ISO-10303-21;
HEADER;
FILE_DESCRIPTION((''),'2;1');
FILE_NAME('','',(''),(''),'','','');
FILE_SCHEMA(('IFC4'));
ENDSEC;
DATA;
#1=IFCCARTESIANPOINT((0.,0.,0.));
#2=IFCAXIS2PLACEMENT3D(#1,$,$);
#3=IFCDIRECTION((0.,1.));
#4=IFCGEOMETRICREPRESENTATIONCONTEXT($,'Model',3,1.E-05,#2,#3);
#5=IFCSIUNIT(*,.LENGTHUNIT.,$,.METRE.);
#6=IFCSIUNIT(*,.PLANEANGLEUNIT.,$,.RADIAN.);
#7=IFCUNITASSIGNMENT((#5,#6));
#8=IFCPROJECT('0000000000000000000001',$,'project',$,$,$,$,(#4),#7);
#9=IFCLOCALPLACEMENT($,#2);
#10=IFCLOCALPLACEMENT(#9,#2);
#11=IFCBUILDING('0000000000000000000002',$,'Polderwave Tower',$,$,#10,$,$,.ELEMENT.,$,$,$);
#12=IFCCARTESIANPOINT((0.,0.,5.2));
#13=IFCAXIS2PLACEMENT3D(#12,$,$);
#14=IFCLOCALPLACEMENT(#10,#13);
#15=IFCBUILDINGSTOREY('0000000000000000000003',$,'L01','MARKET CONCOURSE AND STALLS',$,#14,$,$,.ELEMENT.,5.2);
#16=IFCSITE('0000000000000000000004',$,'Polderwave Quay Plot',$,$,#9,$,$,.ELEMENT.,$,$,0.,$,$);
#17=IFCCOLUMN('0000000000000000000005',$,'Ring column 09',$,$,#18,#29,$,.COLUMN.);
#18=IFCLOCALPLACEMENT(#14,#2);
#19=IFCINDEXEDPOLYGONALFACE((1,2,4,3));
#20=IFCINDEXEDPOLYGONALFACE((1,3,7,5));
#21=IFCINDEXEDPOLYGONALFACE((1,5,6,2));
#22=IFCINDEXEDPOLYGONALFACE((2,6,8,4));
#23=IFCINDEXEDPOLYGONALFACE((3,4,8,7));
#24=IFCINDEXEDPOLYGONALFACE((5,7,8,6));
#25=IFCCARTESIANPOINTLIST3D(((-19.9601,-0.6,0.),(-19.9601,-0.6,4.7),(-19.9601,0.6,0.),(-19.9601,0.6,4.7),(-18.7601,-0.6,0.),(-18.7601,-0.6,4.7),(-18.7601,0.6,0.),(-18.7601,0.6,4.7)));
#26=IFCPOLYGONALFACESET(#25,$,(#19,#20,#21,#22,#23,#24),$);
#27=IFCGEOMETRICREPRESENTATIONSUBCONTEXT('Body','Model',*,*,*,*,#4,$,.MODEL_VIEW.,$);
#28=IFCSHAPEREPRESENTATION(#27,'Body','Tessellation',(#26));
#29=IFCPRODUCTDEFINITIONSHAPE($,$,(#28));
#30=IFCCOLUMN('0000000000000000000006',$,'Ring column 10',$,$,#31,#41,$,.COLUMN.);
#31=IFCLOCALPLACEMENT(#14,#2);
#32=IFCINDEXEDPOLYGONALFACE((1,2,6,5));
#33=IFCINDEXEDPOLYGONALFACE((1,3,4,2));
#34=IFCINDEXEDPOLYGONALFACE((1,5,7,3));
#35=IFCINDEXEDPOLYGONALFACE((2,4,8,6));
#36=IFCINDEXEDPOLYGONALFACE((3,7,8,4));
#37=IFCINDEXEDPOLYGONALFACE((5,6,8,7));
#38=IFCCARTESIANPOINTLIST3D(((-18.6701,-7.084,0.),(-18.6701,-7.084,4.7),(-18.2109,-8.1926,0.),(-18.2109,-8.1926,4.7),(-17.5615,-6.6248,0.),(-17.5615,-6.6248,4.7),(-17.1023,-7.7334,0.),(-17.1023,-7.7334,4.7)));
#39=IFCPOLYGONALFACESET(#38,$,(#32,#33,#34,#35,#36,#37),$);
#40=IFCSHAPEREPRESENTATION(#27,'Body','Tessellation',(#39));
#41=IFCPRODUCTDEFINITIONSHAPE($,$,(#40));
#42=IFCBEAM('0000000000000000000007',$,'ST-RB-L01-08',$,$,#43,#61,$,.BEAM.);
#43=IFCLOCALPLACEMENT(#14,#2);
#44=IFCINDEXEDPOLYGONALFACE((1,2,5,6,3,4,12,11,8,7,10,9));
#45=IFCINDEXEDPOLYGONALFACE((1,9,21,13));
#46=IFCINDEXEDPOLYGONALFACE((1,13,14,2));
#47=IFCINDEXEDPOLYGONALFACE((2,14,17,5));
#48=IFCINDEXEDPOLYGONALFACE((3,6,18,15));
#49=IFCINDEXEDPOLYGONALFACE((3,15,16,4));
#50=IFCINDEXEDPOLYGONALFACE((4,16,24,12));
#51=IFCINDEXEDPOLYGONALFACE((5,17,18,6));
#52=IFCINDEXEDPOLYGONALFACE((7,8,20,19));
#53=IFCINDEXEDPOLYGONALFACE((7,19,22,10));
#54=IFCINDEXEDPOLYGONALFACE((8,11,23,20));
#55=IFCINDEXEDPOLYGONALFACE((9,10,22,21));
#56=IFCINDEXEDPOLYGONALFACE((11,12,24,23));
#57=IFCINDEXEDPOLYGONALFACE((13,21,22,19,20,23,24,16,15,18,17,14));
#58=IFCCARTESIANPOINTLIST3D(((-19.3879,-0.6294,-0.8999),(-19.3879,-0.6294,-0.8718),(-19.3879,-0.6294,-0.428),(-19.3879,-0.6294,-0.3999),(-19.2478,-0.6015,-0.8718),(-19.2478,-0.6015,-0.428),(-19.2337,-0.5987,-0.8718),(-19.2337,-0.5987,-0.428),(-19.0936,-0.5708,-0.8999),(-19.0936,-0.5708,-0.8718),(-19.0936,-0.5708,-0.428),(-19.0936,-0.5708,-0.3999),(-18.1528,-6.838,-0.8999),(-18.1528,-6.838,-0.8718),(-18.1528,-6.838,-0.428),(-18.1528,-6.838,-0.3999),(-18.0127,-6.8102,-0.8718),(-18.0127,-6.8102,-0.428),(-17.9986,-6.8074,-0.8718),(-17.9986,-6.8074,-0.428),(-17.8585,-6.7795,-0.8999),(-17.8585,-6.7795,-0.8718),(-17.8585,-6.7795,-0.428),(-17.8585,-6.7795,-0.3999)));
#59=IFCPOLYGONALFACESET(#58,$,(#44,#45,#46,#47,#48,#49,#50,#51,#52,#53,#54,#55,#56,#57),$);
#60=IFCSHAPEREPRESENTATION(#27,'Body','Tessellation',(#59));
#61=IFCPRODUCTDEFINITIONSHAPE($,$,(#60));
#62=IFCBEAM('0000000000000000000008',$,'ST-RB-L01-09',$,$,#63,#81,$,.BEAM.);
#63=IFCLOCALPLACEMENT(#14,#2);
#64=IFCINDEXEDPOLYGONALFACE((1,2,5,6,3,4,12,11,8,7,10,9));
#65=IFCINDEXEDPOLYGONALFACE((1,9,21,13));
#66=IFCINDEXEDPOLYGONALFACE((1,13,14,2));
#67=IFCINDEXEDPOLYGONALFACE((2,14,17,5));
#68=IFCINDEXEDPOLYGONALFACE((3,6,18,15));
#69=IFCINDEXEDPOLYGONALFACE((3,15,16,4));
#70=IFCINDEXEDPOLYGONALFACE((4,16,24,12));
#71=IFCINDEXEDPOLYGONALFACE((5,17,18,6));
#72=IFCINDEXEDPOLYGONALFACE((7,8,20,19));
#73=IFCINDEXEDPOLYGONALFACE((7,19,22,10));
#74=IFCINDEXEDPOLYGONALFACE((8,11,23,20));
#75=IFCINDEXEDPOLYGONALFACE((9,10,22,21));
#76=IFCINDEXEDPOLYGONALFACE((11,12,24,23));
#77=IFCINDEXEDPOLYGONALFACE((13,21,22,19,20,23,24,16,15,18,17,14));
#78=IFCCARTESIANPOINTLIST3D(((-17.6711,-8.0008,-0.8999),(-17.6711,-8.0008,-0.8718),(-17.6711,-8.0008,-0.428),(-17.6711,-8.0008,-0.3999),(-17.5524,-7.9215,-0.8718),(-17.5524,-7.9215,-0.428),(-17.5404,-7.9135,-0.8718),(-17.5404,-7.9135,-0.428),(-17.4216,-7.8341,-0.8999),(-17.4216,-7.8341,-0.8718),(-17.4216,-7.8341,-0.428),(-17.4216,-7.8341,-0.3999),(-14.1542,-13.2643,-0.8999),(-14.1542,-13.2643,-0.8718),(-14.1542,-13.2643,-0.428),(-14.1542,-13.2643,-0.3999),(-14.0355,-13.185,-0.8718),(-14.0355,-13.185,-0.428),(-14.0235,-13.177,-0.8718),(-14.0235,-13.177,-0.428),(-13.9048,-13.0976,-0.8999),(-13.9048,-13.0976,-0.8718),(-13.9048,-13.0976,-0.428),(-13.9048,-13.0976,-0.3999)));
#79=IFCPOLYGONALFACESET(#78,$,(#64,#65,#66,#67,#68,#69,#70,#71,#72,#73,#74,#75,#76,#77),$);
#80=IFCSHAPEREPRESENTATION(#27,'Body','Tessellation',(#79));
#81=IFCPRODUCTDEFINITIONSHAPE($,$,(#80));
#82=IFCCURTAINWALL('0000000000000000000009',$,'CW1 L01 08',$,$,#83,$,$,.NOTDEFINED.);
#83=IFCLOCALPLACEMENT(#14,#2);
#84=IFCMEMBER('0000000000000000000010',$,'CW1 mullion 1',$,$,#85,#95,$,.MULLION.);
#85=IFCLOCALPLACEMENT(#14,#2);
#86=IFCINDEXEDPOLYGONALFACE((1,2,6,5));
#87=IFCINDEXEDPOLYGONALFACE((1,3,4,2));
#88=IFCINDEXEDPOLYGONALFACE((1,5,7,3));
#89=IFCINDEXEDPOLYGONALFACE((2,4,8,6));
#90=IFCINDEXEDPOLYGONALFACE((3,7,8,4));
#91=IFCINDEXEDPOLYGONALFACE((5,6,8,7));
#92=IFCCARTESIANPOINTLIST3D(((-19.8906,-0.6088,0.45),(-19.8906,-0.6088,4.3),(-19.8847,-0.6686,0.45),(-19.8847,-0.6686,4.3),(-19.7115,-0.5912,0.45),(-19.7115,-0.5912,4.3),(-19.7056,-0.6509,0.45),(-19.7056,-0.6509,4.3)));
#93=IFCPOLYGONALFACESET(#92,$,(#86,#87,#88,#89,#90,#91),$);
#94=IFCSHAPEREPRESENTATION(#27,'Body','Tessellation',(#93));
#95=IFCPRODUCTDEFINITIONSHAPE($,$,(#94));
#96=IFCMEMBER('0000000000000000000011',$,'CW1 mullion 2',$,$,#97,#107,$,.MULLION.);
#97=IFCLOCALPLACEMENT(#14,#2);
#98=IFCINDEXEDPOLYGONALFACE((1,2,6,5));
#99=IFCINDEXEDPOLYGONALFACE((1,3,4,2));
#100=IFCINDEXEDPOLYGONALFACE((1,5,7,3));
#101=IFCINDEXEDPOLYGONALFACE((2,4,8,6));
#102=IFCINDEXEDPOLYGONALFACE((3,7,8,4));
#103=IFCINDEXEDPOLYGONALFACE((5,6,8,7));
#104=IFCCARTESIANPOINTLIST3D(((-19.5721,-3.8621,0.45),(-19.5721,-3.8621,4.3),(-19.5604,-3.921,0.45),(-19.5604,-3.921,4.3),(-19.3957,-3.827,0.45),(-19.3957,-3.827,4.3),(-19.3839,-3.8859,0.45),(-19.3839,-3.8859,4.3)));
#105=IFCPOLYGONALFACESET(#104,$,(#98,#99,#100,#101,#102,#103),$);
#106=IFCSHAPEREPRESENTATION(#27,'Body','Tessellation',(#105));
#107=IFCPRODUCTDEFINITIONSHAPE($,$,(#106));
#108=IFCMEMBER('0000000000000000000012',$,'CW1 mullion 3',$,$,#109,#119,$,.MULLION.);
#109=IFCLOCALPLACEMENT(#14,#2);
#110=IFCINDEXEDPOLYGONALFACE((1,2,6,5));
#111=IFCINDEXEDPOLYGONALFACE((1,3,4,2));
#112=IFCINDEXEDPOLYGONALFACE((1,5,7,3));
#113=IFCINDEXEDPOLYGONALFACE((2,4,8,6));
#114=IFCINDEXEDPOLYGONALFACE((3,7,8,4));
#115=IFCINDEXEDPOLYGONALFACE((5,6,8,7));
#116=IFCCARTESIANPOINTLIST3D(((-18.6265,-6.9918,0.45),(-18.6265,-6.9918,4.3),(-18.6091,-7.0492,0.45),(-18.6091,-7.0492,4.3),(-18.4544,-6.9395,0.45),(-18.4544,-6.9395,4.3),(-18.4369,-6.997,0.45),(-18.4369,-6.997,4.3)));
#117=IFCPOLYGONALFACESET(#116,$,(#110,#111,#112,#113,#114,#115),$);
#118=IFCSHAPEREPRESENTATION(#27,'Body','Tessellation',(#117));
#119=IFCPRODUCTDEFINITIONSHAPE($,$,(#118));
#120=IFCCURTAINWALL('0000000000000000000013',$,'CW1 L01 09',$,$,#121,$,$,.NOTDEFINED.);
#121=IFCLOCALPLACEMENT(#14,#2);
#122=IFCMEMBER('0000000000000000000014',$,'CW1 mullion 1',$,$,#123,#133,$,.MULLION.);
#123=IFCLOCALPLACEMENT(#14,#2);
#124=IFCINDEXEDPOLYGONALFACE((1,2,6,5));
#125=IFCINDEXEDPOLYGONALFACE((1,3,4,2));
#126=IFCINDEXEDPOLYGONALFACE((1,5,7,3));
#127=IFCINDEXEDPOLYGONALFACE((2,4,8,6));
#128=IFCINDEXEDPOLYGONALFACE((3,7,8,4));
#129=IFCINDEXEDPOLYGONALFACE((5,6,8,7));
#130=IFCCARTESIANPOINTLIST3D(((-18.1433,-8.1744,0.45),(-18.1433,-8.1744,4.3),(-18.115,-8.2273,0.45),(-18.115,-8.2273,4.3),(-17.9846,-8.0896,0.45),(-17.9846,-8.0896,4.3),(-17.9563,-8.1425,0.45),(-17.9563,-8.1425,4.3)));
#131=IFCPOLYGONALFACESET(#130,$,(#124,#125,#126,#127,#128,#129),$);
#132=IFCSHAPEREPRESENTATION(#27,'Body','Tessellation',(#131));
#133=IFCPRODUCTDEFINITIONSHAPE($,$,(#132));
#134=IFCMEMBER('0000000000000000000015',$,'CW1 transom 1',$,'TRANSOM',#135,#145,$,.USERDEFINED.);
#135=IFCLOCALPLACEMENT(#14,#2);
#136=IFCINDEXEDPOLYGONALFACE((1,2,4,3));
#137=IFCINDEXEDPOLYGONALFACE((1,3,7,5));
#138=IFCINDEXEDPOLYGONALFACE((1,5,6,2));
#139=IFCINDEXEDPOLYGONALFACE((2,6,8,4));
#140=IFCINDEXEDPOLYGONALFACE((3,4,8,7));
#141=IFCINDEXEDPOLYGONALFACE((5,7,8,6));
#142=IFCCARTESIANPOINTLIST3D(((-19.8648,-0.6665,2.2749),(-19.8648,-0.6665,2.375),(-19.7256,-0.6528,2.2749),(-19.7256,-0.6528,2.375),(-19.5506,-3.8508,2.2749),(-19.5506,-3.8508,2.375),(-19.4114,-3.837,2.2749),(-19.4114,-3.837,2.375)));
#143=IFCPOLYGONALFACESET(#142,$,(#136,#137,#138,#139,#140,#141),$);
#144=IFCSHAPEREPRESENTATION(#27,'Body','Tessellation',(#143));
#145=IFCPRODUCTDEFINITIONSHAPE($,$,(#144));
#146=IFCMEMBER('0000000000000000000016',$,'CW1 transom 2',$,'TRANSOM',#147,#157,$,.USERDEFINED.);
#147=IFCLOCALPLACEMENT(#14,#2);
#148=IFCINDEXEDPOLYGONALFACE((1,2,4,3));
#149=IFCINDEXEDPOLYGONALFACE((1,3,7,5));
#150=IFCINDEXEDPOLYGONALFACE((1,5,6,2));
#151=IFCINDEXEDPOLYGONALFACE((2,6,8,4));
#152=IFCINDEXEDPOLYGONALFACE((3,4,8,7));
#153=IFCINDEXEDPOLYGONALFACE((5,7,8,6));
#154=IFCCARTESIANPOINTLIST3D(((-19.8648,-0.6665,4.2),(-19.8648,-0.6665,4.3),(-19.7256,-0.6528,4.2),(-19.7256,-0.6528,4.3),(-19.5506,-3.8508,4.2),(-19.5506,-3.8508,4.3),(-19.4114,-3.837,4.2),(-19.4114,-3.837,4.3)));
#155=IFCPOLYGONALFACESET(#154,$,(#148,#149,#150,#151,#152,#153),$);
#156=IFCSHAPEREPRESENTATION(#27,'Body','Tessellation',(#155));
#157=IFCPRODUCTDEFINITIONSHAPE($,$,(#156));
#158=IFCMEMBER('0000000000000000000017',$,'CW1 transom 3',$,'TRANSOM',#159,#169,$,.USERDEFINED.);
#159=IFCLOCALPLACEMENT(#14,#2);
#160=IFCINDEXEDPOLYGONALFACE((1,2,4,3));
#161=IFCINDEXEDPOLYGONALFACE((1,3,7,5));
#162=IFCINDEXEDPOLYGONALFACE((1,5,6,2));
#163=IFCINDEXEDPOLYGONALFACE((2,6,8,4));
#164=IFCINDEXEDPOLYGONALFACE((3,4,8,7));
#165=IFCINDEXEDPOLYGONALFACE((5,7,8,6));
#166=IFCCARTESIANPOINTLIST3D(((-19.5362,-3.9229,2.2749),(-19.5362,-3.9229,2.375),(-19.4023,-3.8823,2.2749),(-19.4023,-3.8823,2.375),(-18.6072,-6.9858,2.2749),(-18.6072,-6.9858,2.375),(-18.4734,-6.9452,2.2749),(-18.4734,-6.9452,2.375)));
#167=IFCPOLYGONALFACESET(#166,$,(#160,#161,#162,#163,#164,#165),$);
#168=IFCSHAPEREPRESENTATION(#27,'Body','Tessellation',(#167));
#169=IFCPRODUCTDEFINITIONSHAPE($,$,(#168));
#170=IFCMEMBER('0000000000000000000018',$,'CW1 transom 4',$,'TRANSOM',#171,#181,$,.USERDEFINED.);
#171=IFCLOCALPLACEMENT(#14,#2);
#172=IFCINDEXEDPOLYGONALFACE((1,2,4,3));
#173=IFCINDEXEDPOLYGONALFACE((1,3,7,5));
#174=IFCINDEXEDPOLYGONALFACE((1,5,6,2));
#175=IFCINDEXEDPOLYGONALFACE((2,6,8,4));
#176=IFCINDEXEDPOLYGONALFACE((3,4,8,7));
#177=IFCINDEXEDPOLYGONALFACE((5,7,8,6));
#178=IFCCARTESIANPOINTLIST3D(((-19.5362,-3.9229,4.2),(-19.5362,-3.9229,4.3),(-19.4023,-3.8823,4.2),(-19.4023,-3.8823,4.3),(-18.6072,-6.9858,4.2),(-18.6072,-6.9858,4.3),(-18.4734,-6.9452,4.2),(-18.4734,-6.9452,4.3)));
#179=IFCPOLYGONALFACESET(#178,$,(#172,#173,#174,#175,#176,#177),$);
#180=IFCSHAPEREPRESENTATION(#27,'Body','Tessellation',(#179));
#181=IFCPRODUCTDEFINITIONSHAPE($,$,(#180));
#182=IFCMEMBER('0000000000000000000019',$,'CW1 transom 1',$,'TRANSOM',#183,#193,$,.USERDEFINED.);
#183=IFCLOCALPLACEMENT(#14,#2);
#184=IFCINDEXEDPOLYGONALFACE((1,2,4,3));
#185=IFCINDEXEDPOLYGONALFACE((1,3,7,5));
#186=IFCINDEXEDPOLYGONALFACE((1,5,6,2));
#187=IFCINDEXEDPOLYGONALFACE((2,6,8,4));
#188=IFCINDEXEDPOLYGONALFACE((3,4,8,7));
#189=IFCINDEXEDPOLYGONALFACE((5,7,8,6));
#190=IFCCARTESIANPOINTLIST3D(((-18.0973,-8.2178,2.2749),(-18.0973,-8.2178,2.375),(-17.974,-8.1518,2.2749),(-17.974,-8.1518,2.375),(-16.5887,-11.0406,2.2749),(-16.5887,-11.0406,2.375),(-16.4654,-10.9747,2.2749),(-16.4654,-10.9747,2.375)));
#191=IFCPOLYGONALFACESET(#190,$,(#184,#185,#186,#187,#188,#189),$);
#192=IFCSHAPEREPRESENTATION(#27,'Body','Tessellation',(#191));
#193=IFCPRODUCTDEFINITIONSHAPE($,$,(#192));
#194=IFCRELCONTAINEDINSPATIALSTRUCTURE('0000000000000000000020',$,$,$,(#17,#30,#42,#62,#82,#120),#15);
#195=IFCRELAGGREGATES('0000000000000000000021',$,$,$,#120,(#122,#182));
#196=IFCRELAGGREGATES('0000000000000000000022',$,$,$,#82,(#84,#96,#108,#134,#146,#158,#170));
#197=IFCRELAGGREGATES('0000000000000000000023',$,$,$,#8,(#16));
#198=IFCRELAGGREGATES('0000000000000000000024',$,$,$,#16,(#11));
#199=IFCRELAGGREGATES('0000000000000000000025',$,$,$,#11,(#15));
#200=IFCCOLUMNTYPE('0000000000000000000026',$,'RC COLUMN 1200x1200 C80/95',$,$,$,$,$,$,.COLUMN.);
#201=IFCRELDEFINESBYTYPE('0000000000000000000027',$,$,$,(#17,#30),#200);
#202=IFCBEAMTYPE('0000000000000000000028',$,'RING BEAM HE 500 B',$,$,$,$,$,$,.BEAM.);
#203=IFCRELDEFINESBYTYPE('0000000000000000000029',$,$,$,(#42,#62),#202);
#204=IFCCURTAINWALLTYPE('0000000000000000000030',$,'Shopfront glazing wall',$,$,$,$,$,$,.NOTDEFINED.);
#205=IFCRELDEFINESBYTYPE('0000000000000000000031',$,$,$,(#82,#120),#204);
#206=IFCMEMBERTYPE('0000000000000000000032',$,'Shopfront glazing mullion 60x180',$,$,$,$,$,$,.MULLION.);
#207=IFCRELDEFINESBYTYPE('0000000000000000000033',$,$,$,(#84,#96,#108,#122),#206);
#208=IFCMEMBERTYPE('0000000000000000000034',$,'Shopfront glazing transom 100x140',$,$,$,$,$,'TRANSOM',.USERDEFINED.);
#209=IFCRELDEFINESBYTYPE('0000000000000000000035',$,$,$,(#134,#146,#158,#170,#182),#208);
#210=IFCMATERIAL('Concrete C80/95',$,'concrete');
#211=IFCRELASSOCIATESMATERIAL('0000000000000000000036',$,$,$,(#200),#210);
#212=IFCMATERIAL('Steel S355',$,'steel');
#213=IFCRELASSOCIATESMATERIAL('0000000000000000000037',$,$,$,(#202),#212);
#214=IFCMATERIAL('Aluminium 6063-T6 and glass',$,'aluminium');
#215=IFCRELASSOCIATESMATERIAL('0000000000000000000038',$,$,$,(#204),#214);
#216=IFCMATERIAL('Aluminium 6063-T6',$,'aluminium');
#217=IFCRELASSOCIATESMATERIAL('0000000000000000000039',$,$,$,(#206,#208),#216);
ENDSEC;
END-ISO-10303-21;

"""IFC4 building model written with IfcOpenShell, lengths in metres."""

from ifc_helpers import new_model, si_unit, direction, frame, origin, origin_2d, place, context, subcontext, project, spatial, rectangle, i_section, extrude, material, material_profile, profile_set, type_object, element, aggregate, save


model = new_model("IFC4")

# Units and contexts
model_context = context("Model", 3, precision=1e-05, world=origin(), true_north=direction((0.0, 1.0)))
body_context = subcontext(model_context, "Body", "Model", "MODEL_VIEW")
ifc_project = project(units=[si_unit("LENGTHUNIT", "METRE"), si_unit("PLANEANGLEUNIT", "RADIAN")], contexts=[model_context])

# Site, building, storey
site_placement = place(None, origin())
site = spatial("IfcSite", under=ifc_project, at=site_placement, Name="Polderwave Quay Plot", CompositionType="ELEMENT", RefElevation=0.0)
building_placement = place(site_placement, origin())
building = spatial("IfcBuilding", under=site, at=building_placement, Name="Polderwave Tower", CompositionType="ELEMENT")
storey_placement = place(building_placement, frame((0.0, 0.0, 5.2)))
storey = spatial("IfcBuildingStorey", under=building, at=storey_placement, Name="L01", Description="MARKET CONCOURSE AND STALLS", CompositionType="ELEMENT", Elevation=5.2)

# Columns
ifc_material_1 = material(Name="Concrete C80/95", Category="concrete")
ifc_material_profile_1 = material_profile(ifc_material_1, rectangle(XDim=1.2, YDim=1.2, at=origin_2d()), Name="RC 1200x1200")
ifc_profile_set_1 = profile_set([ifc_material_profile_1], Name="Concrete C80/95")
column_type = type_object("IfcColumnType", Name="RC COLUMN 1200x1200 C80/95", PredefinedType="COLUMN", material=ifc_profile_set_1)
for number, where, z_axis, x_axis, name in (
    (1, (-19.3601, 0.0, 0.0), (0.0, 0.0, 1.0), (-1.0, 0.0, 0.0), "Ring column 09"),
    (2, (-17.8862, -7.4087, 0.0), (0.0, 0.0, 1.0), (-0.92388, -0.382683, 0.0), "Ring column 10"),
):
    element("IfcColumn", number, at=place(storey_placement, frame(where, z_axis=z_axis, x_axis=x_axis)), inside=storey, type_object=column_type, Name=name, PredefinedType="COLUMN", context=body_context, shape_type="SweptSolid", body=[
        extrude(rectangle(XDim=1.2, YDim=1.2, at=origin_2d()), origin(), (0.0, 0.0, 1.0), 4.7),
    ])

# Beams
ifc_material_2 = material(Name="Steel S355", Category="steel")
ifc_material_profile_2 = material_profile(ifc_material_2, i_section(OverallWidth=0.3, OverallDepth=0.5, WebThickness=0.0144, FlangeThickness=0.0281, at=origin_2d()), Name="HE 500 B")
ifc_profile_set_2 = profile_set([ifc_material_profile_2], Name="Steel S355")
beam_type = type_object("IfcBeamType", Name="RING BEAM HE 500 B", PredefinedType="BEAM", material=ifc_profile_set_2)
for number, where, z_axis, x_axis, name in (
    (3, (-19.2407, -0.6001, -0.6499), (0.195107, -0.980782, 0.0), (0.980782, 0.195107, 0.0), "ST-RB-L01-08"),
    (4, (-17.5464, -7.9175, -0.6499), (0.555563, -0.831474, 0.0), (0.831474, 0.555563, 0.0), "ST-RB-L01-09"),
):
    element("IfcBeam", number, at=place(storey_placement, frame(where, z_axis=z_axis, x_axis=x_axis)), inside=storey, type_object=beam_type, Name=name, PredefinedType="BEAM", context=body_context, shape_type="SweptSolid", body=[
        extrude(i_section(OverallWidth=0.3, OverallDepth=0.5, WebThickness=0.0144, FlangeThickness=0.0281, at=origin_2d()), origin(), (0.0, 0.0, 1.0), 6.3303),
    ])

# Curtain wall, members
ifc_material_3 = material(Name="Aluminium 6063-T6 and glass", Category="aluminium")
curtain_wall_type = type_object("IfcCurtainWallType", Name="Shopfront glazing wall", PredefinedType="NOTDEFINED", material=ifc_material_3)
curtain_wall_1_placement = place(storey_placement, origin())
curtain_wall_1 = element("IfcCurtainWall", 5, at=curtain_wall_1_placement, inside=storey, type_object=curtain_wall_type, Name="CW1 L01 08", PredefinedType="NOTDEFINED")
ifc_material_4 = material(Name="Aluminium 6063-T6", Category="aluminium")
ifc_material_profile_3 = material_profile(ifc_material_4, rectangle(XDim=0.1799, YDim=0.0601, at=origin_2d()), Name="AL 60x180")
ifc_profile_set_3 = profile_set([ifc_material_profile_3], Name="Aluminium 6063-T6")
member_type_1 = type_object("IfcMemberType", Name="Shopfront glazing mullion 60x180", PredefinedType="MULLION", material=ifc_profile_set_3)
member_1_placement = place(storey_placement, frame((-19.7981, -0.6299, 0.45), z_axis=(0.0, 0.0, 1.0), x_axis=(0.995169, 0.098179, 0.0)))
member_1 = element("IfcMember", 6, at=member_1_placement, type_object=member_type_1, Name="CW1 mullion 1", PredefinedType="MULLION", context=body_context, shape_type="SweptSolid", body=[
    extrude(rectangle(XDim=0.1799, YDim=0.0601, at=origin_2d()), origin(), (0.0, 0.0, 1.0), 3.8501),
])
member_2_placement = place(storey_placement, frame((-19.478, -3.874, 0.45), z_axis=(0.0, 0.0, 1.0), x_axis=(0.980776, 0.195137, 0.0)))
member_2 = element("IfcMember", 7, at=member_2_placement, type_object=member_type_1, Name="CW1 mullion 2", PredefinedType="MULLION", context=body_context, shape_type="SweptSolid", body=[
    extrude(rectangle(XDim=0.1799, YDim=0.0601, at=origin_2d()), origin(), (0.0, 0.0, 1.0), 3.8501),
])
member_3_placement = place(storey_placement, frame((-18.5317, -6.9944, 0.45), z_axis=(0.0, 0.0, 1.0), x_axis=(0.956961, 0.290218, 0.0)))
member_3 = element("IfcMember", 8, at=member_3_placement, type_object=member_type_1, Name="CW1 mullion 3", PredefinedType="MULLION", context=body_context, shape_type="SweptSolid", body=[
    extrude(rectangle(XDim=0.1799, YDim=0.0601, at=origin_2d()), origin(), (0.0, 0.0, 1.0), 3.8501),
])

# Curtain wall, member
curtain_wall_2_placement = place(storey_placement, origin())
curtain_wall_2 = element("IfcCurtainWall", 9, at=curtain_wall_2_placement, inside=storey, type_object=curtain_wall_type, Name="CW1 L01 09", PredefinedType="NOTDEFINED")
member_4_placement = place(storey_placement, frame((-18.0498, -8.1584, 0.45), z_axis=(0.0, 0.0, 1.0), x_axis=(0.88194, 0.471361, 0.0)))
member_4 = element("IfcMember", 10, at=member_4_placement, type_object=member_type_1, Name="CW1 mullion 1", PredefinedType="MULLION", context=body_context, shape_type="SweptSolid", body=[
    extrude(rectangle(XDim=0.1799, YDim=0.0601, at=origin_2d()), origin(), (0.0, 0.0, 1.0), 3.8501),
])

# Members
ifc_material_profile_4 = material_profile(ifc_material_4, rectangle(XDim=0.1399, YDim=0.1001, at=origin_2d()), Name="AL 100x140")
ifc_profile_set_4 = profile_set([ifc_material_profile_4], Name="Aluminium 6063-T6")
member_type_2 = type_object("IfcMemberType", Name="Shopfront glazing transom 100x140", ElementType="TRANSOM", PredefinedType="USERDEFINED", material=ifc_profile_set_4)
member_5_placement = place(storey_placement, frame((-19.7952, -0.6597, 2.325), z_axis=(0.098197, -0.995167, 0.0), x_axis=(0.995167, 0.098197, 0.0)))
member_5 = element("IfcMember", 11, at=member_5_placement, type_object=member_type_2, Name="CW1 transom 1", ObjectType="TRANSOM", PredefinedType="USERDEFINED", context=body_context, shape_type="SweptSolid", body=[
    extrude(rectangle(XDim=0.1399, YDim=0.1001, at=origin_2d()), origin(), (0.0, 0.0, 1.0), 3.1997),
])
member_6_placement = place(storey_placement, frame((-19.7952, -0.6597, 4.25), z_axis=(0.098197, -0.995167, 0.0), x_axis=(0.995167, 0.098197, 0.0)))
member_6 = element("IfcMember", 12, at=member_6_placement, type_object=member_type_2, Name="CW1 transom 2", ObjectType="TRANSOM", PredefinedType="USERDEFINED", context=body_context, shape_type="SweptSolid", body=[
    extrude(rectangle(XDim=0.1399, YDim=0.1001, at=origin_2d()), origin(), (0.0, 0.0, 1.0), 3.1997),
])
member_7_placement = place(storey_placement, frame((-19.4692, -3.9026, 2.325), z_axis=(0.29023, -0.956957, 0.0), x_axis=(0.956957, 0.29023, 0.0)))
member_7 = element("IfcMember", 13, at=member_7_placement, type_object=member_type_2, Name="CW1 transom 3", ObjectType="TRANSOM", PredefinedType="USERDEFINED", context=body_context, shape_type="SweptSolid", body=[
    extrude(rectangle(XDim=0.1399, YDim=0.1001, at=origin_2d()), origin(), (0.0, 0.0, 1.0), 3.2007),
])
member_8_placement = place(storey_placement, frame((-19.4692, -3.9026, 4.25), z_axis=(0.29023, -0.956957, 0.0), x_axis=(0.956957, 0.29023, 0.0)))
member_8 = element("IfcMember", 14, at=member_8_placement, type_object=member_type_2, Name="CW1 transom 4", ObjectType="TRANSOM", PredefinedType="USERDEFINED", context=body_context, shape_type="SweptSolid", body=[
    extrude(rectangle(XDim=0.1399, YDim=0.1001, at=origin_2d()), origin(), (0.0, 0.0, 1.0), 3.2007),
])
member_9_placement = place(storey_placement, frame((-18.0356, -8.1848, 2.325), z_axis=(0.471336, -0.881954, 0.0), x_axis=(0.881954, 0.471336, 0.0)))
member_9 = element("IfcMember", 15, at=member_9_placement, type_object=member_type_2, Name="CW1 transom 1", ObjectType="TRANSOM", PredefinedType="USERDEFINED", context=body_context, shape_type="SweptSolid", body=[
    extrude(rectangle(XDim=0.1399, YDim=0.1001, at=origin_2d()), origin(), (0.0, 0.0, 1.0), 3.2007),
])
aggregate(curtain_wall_2, [member_4, member_9])

aggregate(curtain_wall_1, [member_1, member_2, member_3, member_5, member_6, member_7, member_8])

save(model, "model.ifc")
